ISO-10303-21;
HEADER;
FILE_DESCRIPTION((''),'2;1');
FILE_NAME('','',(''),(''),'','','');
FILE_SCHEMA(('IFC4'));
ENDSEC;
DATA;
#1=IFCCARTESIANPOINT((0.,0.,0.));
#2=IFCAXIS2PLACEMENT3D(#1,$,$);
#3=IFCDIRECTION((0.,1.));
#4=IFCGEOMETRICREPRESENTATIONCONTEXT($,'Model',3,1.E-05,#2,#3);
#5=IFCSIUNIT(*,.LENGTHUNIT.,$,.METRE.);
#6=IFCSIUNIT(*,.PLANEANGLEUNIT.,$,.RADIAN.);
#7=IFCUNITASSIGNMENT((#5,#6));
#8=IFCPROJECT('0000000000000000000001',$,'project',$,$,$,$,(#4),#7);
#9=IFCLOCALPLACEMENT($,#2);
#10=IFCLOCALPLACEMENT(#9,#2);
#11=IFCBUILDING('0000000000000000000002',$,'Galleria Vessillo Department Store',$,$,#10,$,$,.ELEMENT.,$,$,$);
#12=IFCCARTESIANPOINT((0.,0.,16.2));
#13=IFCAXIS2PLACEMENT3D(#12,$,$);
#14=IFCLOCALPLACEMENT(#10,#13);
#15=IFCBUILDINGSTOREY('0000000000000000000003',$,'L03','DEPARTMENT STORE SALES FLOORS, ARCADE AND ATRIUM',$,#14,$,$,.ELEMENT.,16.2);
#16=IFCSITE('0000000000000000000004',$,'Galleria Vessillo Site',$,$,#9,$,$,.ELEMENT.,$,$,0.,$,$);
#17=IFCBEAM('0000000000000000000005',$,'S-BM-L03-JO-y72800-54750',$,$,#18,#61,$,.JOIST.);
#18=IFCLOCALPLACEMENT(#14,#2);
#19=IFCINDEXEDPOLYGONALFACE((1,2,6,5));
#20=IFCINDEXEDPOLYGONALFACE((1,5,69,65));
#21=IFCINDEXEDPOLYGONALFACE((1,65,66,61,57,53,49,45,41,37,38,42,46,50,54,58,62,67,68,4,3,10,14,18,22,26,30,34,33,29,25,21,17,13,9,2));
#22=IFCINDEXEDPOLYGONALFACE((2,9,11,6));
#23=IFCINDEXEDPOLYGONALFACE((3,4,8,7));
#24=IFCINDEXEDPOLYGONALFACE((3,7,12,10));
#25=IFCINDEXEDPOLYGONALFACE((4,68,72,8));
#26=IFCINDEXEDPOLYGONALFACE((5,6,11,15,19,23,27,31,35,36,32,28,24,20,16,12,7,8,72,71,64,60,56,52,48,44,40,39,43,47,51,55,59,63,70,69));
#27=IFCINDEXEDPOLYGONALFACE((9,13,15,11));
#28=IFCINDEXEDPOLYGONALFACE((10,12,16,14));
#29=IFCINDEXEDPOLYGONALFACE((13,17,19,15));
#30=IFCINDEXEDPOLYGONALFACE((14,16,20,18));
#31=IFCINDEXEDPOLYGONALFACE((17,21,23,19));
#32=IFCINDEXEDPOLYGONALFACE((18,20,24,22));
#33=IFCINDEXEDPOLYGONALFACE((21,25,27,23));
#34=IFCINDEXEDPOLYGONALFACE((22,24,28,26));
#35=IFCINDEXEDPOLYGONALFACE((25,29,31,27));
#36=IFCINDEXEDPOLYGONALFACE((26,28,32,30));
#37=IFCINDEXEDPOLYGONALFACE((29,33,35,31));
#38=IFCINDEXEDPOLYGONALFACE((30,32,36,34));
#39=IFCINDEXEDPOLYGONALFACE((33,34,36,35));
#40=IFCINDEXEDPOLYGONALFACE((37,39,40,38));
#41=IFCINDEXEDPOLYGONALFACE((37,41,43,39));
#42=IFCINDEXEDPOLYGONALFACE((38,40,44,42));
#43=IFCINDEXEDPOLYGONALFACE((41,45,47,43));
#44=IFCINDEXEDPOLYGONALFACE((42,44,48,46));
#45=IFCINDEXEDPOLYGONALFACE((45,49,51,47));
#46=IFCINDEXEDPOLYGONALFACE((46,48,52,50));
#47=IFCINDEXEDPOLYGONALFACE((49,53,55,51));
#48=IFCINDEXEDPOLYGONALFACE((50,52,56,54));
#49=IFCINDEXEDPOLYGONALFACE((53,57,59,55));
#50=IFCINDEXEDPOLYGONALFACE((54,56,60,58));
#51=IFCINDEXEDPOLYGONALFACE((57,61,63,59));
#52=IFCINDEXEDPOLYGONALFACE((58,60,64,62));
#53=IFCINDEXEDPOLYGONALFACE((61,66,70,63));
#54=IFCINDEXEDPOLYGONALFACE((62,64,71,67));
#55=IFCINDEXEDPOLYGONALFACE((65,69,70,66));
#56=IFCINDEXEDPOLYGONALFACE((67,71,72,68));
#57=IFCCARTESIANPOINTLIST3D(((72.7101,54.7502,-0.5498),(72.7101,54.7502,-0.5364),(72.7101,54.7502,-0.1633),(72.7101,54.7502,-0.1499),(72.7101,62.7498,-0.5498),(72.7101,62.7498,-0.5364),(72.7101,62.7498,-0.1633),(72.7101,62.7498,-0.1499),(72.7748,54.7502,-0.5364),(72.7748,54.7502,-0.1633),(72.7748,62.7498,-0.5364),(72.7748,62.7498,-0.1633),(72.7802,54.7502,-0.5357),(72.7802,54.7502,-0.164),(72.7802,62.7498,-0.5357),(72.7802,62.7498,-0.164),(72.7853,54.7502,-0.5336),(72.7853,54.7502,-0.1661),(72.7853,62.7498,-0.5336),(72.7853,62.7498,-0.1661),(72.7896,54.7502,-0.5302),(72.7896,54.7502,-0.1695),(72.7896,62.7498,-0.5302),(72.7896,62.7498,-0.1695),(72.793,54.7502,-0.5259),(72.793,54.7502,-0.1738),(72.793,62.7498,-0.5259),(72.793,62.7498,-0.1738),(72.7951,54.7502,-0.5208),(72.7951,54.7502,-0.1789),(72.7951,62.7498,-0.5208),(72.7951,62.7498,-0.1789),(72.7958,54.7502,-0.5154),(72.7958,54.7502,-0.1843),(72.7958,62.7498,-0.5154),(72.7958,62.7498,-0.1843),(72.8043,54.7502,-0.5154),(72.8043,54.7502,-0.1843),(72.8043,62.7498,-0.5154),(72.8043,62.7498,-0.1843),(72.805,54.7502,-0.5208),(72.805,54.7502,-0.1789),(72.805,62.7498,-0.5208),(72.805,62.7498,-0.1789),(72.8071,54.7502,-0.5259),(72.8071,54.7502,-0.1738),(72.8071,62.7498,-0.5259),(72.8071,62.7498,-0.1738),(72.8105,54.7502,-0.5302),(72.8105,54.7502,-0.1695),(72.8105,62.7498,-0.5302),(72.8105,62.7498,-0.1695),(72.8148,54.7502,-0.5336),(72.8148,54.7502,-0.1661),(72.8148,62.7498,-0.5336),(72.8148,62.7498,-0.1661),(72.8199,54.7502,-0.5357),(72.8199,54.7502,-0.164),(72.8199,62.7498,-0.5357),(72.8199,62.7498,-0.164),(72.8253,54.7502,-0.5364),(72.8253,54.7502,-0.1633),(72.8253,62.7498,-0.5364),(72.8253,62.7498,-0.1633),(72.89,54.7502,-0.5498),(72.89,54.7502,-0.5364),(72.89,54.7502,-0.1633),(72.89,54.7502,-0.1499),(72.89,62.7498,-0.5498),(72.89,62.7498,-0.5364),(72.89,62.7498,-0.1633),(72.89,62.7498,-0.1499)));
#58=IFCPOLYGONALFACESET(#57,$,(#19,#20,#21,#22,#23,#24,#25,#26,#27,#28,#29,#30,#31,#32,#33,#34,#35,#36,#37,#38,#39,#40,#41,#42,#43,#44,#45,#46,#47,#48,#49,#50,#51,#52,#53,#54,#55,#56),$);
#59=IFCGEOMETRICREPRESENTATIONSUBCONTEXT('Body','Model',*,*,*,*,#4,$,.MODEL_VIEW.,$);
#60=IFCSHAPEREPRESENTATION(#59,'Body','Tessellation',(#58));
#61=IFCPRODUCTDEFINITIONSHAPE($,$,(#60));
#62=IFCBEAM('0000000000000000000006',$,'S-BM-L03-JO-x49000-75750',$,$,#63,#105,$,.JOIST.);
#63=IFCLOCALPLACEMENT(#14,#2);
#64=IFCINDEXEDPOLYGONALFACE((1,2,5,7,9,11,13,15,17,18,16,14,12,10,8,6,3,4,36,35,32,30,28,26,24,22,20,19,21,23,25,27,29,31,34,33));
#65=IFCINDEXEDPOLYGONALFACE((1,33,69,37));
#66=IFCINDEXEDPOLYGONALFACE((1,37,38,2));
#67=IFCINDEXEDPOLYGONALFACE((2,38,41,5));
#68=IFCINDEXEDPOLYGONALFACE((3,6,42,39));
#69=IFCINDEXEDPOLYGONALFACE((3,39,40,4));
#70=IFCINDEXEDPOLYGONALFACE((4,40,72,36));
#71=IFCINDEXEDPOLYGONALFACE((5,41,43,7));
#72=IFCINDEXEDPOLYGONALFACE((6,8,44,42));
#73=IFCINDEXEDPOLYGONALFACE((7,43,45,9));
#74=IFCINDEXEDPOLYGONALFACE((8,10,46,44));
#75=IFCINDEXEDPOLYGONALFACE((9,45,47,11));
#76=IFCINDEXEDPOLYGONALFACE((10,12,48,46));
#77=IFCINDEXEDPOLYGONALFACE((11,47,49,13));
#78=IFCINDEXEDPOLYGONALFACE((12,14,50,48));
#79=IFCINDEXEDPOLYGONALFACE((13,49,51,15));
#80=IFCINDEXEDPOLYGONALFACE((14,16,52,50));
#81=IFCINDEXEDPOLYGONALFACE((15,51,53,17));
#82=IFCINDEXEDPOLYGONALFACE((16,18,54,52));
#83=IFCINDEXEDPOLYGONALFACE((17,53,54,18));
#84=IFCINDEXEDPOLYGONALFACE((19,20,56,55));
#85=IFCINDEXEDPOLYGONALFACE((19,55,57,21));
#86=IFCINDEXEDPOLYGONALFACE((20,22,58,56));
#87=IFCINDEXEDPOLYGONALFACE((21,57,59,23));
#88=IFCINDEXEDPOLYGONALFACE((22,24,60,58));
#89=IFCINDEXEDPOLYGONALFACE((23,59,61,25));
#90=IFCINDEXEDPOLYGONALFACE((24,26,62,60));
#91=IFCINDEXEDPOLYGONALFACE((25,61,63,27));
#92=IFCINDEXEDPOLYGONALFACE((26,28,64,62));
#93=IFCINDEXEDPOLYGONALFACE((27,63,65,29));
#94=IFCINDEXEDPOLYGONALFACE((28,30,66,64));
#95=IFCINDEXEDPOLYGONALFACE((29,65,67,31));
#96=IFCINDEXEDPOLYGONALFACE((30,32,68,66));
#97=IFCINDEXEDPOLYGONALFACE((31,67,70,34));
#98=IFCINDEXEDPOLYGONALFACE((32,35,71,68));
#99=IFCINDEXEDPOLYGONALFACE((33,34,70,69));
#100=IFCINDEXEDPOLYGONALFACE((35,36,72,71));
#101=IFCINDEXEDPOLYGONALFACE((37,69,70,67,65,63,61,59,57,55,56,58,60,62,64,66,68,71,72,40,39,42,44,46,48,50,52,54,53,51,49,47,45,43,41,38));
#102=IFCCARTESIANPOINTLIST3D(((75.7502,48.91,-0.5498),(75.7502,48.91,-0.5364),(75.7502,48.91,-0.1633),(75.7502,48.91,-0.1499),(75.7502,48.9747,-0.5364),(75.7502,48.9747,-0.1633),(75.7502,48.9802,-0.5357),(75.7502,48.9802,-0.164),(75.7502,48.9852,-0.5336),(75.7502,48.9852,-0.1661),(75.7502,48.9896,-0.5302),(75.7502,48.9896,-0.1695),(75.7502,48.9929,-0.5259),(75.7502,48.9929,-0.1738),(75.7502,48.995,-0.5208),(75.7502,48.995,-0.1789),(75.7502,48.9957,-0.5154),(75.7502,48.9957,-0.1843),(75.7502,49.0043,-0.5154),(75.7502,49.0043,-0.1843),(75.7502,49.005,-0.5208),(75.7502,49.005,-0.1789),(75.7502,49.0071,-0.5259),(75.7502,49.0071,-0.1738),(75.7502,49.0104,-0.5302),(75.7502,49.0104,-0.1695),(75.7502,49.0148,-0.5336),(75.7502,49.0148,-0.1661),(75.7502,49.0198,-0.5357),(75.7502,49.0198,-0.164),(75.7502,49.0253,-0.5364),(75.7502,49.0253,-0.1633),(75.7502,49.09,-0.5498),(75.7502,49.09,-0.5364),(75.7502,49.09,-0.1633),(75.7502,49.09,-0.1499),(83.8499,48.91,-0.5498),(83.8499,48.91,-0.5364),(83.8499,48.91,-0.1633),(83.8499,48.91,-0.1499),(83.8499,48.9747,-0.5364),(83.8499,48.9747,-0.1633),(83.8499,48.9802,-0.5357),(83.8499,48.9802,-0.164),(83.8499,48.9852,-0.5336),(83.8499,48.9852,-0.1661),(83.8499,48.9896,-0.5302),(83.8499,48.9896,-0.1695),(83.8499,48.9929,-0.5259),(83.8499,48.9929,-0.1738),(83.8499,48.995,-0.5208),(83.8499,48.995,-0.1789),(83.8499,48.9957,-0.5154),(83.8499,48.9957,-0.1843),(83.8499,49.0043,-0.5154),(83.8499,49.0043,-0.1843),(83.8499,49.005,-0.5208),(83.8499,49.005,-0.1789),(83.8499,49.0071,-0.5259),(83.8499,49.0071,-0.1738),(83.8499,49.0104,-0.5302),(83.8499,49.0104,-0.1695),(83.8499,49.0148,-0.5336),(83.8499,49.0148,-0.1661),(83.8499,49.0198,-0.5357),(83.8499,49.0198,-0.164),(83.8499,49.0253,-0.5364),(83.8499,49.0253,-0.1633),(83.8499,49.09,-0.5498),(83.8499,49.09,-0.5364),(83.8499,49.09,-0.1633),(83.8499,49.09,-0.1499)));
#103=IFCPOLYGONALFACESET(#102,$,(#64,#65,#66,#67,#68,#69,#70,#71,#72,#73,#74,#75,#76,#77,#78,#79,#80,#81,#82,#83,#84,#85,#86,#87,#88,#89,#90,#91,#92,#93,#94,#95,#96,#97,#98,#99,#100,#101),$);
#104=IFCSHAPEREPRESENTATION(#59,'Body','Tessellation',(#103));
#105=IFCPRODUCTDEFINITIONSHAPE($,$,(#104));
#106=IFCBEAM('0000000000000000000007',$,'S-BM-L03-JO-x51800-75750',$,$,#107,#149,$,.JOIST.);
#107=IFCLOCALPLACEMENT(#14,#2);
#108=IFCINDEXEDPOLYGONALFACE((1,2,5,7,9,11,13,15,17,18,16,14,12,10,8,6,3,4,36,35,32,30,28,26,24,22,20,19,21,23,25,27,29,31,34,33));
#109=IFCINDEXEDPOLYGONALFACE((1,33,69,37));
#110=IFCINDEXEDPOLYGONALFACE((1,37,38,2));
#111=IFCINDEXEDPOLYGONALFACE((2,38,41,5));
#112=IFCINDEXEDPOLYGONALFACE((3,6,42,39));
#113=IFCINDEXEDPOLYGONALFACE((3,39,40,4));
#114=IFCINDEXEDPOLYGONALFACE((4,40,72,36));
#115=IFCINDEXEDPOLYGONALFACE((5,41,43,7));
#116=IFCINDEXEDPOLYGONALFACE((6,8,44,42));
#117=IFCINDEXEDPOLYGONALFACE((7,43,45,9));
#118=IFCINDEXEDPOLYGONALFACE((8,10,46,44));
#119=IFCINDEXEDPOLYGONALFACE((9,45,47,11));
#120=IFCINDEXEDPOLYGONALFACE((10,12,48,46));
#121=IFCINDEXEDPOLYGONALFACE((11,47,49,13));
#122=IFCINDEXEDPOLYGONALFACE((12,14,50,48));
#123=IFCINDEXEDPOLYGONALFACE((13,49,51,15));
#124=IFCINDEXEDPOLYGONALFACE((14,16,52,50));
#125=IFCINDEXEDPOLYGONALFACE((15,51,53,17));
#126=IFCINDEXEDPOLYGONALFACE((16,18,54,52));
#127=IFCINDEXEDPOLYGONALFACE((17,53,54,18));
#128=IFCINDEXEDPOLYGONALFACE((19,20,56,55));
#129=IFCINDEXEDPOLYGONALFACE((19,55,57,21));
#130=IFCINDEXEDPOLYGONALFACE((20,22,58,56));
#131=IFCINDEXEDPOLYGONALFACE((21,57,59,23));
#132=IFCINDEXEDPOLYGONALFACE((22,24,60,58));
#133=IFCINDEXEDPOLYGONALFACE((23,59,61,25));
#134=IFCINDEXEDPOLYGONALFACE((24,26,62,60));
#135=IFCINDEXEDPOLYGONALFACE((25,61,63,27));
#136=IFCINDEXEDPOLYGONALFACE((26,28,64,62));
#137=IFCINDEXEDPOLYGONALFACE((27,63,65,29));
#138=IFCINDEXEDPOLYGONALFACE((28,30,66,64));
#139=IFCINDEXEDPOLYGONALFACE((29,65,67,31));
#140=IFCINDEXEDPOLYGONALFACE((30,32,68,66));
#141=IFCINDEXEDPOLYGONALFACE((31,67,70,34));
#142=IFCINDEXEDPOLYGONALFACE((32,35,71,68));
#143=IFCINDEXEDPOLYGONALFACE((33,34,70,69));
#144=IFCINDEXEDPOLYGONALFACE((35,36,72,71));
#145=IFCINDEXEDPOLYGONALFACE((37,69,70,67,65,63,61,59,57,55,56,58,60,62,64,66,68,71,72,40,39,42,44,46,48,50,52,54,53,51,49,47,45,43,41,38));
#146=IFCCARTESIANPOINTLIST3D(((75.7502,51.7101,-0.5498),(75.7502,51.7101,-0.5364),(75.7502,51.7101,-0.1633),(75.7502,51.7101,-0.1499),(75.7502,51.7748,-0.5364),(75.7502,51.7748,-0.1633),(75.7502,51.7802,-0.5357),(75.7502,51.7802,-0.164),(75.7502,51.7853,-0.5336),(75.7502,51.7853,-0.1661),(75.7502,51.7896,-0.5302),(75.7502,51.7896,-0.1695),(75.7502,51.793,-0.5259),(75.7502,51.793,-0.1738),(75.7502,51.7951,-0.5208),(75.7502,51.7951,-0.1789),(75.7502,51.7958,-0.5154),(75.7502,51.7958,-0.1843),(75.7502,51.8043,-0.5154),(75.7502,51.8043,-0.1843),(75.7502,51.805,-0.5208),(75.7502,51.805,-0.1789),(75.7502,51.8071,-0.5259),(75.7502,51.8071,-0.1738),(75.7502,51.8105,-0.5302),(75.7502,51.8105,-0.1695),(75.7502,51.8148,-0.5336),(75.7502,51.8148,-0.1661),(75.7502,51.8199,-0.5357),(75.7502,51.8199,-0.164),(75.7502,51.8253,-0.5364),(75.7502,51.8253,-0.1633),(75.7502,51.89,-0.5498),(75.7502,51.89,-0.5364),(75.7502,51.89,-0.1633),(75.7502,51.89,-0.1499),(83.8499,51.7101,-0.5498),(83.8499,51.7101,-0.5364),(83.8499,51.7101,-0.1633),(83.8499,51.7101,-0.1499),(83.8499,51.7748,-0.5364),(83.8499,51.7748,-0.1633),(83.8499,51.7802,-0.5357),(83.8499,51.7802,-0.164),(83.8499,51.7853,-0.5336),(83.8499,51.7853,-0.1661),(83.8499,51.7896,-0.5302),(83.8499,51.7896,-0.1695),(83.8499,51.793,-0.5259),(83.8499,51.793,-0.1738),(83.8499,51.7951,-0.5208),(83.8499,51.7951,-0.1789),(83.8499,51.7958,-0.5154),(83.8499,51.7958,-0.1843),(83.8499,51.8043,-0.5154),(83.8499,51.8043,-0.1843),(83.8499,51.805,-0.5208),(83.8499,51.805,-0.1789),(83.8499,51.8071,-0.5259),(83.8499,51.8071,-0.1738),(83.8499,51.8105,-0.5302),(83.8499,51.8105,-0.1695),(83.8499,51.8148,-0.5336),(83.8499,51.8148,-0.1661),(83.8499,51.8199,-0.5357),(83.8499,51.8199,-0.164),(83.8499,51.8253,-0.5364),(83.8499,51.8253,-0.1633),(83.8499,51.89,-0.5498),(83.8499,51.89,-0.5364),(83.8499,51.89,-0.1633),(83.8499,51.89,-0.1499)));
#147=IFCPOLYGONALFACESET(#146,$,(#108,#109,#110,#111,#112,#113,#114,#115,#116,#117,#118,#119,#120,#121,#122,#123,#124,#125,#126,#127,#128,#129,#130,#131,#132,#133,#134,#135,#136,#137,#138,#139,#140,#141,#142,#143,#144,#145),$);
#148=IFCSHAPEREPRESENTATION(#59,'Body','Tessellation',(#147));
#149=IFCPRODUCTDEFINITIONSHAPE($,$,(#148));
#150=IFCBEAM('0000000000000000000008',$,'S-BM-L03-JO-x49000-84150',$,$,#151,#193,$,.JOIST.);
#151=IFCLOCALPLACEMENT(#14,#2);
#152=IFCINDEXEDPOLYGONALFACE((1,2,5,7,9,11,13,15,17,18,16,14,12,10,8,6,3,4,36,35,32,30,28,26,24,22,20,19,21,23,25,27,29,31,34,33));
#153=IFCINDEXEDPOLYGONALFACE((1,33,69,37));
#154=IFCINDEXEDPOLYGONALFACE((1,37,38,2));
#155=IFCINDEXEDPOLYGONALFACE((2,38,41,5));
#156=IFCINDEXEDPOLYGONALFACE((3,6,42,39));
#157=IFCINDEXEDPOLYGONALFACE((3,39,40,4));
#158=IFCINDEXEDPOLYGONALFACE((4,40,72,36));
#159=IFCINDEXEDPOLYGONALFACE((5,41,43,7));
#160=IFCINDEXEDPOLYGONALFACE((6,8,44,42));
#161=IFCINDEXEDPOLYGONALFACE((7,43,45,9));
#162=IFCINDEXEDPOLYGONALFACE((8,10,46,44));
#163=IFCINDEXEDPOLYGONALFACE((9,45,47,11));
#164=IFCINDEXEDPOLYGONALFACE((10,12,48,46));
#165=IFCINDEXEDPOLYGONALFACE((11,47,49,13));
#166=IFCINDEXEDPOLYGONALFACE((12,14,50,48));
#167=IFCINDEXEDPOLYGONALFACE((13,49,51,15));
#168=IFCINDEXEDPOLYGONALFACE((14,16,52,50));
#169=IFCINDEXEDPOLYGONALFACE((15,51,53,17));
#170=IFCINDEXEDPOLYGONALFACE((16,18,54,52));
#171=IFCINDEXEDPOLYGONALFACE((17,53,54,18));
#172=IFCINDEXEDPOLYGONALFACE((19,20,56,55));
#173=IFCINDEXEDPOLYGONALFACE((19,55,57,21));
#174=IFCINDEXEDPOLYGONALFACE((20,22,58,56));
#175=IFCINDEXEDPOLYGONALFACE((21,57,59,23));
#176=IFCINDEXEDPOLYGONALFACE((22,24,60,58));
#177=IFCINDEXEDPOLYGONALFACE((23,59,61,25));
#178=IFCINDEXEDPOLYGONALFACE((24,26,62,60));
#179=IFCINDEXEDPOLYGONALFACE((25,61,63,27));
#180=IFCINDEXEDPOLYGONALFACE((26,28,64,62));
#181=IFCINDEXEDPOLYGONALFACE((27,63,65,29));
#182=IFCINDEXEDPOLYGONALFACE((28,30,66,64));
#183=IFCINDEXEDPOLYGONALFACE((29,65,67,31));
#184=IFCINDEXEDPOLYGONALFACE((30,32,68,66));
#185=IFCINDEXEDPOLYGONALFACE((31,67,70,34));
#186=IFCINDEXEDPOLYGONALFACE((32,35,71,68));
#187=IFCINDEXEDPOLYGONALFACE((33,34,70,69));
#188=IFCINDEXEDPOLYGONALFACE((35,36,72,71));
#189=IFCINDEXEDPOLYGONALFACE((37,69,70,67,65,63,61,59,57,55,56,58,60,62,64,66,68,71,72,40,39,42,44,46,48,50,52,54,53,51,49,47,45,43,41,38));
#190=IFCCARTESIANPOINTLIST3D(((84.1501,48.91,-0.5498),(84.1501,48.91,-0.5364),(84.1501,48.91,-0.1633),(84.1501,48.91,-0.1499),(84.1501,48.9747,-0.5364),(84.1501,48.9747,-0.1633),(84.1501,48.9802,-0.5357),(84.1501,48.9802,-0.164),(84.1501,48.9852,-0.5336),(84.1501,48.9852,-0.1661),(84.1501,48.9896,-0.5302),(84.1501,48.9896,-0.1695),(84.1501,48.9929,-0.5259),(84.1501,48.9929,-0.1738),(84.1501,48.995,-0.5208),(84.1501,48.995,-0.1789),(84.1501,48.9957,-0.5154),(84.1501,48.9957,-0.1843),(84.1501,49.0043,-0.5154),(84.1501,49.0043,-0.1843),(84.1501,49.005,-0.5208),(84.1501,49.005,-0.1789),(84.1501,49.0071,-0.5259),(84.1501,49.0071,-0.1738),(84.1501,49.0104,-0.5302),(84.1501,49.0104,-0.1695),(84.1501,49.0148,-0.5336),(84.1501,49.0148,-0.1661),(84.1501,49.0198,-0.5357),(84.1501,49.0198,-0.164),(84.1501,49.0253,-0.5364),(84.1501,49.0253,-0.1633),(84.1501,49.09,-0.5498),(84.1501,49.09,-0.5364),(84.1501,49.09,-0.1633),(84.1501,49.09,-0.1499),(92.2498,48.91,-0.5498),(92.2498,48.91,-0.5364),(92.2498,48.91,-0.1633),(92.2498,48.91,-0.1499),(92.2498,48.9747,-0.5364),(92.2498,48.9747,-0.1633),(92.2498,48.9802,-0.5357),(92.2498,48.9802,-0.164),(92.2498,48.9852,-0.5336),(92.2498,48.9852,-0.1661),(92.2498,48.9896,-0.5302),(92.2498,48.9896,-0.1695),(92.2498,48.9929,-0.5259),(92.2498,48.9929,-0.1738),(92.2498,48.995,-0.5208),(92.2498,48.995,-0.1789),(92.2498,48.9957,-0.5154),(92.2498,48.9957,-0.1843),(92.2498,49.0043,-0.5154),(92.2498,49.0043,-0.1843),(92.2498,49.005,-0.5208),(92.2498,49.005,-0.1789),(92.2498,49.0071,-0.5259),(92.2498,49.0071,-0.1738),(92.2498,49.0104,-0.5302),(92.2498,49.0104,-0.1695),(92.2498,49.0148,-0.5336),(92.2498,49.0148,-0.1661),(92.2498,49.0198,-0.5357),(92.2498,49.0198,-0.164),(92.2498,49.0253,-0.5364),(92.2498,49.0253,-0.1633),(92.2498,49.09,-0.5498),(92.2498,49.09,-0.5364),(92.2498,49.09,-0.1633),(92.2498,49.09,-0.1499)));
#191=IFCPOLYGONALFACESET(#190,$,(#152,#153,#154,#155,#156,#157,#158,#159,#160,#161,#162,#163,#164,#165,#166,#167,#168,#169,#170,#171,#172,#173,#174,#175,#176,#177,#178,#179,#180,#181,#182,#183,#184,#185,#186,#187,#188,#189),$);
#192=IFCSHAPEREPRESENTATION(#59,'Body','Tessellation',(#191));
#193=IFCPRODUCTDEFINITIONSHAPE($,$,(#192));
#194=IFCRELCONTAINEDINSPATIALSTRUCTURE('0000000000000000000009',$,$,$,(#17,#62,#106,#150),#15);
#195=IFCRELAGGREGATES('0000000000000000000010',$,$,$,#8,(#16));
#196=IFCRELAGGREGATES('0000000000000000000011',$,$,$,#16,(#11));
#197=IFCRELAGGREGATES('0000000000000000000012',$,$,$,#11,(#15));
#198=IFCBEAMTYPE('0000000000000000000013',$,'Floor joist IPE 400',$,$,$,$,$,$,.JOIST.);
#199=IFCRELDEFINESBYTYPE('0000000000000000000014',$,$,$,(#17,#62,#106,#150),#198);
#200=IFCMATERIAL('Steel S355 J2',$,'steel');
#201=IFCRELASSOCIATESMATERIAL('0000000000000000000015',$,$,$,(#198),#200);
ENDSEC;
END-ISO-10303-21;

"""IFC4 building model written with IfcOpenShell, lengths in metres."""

from ifc_helpers import new_model, si_unit, direction, frame, origin, origin_2d, place, context, subcontext, project, spatial, i_section, extrude, material, material_profile, profile_set, type_object, element, save


model = new_model("IFC4")

# Units and contexts
model_context = context("Model", 3, precision=1e-05, world=origin(), true_north=direction((0.0, 1.0)))
body_context = subcontext(model_context, "Body", "Model", "MODEL_VIEW")
ifc_project = project(units=[si_unit("LENGTHUNIT", "METRE"), si_unit("PLANEANGLEUNIT", "RADIAN")], contexts=[model_context])

# Site, building, storey
site_placement = place(None, origin())
site = spatial("IfcSite", under=ifc_project, at=site_placement, Name="Galleria Vessillo Site", CompositionType="ELEMENT", RefElevation=0.0)
building_placement = place(site_placement, origin())
building = spatial("IfcBuilding", under=site, at=building_placement, Name="Galleria Vessillo Department Store", CompositionType="ELEMENT")
storey_placement = place(building_placement, frame((0.0, 0.0, 16.2)))
storey = spatial("IfcBuildingStorey", under=building, at=storey_placement, Name="L03", Description="DEPARTMENT STORE SALES FLOORS, ARCADE AND ATRIUM", CompositionType="ELEMENT", Elevation=16.2)

# Beams
ifc_material_1 = material(Name="Steel S355 J2", Category="steel")
ifc_material_profile_1 = material_profile(ifc_material_1, i_section(OverallWidth=0.1799, OverallDepth=0.3999, WebThickness=0.0085, FlangeThickness=0.0134, FilletRadius=0.021, at=origin_2d()), Name="IPE 400")
ifc_profile_set_1 = profile_set([ifc_material_profile_1], Name="Steel S355 J2")
beam_type_1 = type_object("IfcBeamType", Name="Floor joist IPE 400", PredefinedType="JOIST", material=ifc_profile_set_1)
beam_1_placement = place(storey_placement, frame((72.8, 54.7502, -0.3499), z_axis=(0.0, 1.0, 0.0), x_axis=(-1.0, 0.0, 0.0)))
element("IfcBeam", 1, at=beam_1_placement, inside=storey, type_object=beam_type_1, Name="S-BM-L03-JO-y72800-54750", PredefinedType="JOIST", context=body_context, shape_type="SweptSolid", body=[
    extrude(i_section(OverallWidth=0.1799, OverallDepth=0.3999, WebThickness=0.0085, FlangeThickness=0.0134, FilletRadius=0.021, at=origin_2d()), origin(), (0.0, 0.0, 1.0), 7.9995),
])
for number, where, z_axis, x_axis, name in (
    (2, (75.7502, 49.0, -0.3499), (1.0, 0.0, 0.0), (0.0, 1.0, 0.0), "S-BM-L03-JO-x49000-75750"),
    (3, (75.7502, 51.8, -0.3499), (1.0, 0.0, 0.0), (0.0, 1.0, 0.0), "S-BM-L03-JO-x51800-75750"),
    (4, (84.1501, 49.0, -0.3499), (1.0, 0.0, 0.0), (0.0, 1.0, 0.0), "S-BM-L03-JO-x49000-84150"),
):
    element("IfcBeam", number, at=place(storey_placement, frame(where, z_axis=z_axis, x_axis=x_axis)), inside=storey, type_object=beam_type_1, Name=name, PredefinedType="JOIST", context=body_context, shape_type="SweptSolid", body=[
        extrude(i_section(OverallWidth=0.1799, OverallDepth=0.3999, WebThickness=0.0085, FlangeThickness=0.0134, FilletRadius=0.021, at=origin_2d()), origin(), (0.0, 0.0, 1.0), 8.0996),
    ])

save(model, "model.ifc")
